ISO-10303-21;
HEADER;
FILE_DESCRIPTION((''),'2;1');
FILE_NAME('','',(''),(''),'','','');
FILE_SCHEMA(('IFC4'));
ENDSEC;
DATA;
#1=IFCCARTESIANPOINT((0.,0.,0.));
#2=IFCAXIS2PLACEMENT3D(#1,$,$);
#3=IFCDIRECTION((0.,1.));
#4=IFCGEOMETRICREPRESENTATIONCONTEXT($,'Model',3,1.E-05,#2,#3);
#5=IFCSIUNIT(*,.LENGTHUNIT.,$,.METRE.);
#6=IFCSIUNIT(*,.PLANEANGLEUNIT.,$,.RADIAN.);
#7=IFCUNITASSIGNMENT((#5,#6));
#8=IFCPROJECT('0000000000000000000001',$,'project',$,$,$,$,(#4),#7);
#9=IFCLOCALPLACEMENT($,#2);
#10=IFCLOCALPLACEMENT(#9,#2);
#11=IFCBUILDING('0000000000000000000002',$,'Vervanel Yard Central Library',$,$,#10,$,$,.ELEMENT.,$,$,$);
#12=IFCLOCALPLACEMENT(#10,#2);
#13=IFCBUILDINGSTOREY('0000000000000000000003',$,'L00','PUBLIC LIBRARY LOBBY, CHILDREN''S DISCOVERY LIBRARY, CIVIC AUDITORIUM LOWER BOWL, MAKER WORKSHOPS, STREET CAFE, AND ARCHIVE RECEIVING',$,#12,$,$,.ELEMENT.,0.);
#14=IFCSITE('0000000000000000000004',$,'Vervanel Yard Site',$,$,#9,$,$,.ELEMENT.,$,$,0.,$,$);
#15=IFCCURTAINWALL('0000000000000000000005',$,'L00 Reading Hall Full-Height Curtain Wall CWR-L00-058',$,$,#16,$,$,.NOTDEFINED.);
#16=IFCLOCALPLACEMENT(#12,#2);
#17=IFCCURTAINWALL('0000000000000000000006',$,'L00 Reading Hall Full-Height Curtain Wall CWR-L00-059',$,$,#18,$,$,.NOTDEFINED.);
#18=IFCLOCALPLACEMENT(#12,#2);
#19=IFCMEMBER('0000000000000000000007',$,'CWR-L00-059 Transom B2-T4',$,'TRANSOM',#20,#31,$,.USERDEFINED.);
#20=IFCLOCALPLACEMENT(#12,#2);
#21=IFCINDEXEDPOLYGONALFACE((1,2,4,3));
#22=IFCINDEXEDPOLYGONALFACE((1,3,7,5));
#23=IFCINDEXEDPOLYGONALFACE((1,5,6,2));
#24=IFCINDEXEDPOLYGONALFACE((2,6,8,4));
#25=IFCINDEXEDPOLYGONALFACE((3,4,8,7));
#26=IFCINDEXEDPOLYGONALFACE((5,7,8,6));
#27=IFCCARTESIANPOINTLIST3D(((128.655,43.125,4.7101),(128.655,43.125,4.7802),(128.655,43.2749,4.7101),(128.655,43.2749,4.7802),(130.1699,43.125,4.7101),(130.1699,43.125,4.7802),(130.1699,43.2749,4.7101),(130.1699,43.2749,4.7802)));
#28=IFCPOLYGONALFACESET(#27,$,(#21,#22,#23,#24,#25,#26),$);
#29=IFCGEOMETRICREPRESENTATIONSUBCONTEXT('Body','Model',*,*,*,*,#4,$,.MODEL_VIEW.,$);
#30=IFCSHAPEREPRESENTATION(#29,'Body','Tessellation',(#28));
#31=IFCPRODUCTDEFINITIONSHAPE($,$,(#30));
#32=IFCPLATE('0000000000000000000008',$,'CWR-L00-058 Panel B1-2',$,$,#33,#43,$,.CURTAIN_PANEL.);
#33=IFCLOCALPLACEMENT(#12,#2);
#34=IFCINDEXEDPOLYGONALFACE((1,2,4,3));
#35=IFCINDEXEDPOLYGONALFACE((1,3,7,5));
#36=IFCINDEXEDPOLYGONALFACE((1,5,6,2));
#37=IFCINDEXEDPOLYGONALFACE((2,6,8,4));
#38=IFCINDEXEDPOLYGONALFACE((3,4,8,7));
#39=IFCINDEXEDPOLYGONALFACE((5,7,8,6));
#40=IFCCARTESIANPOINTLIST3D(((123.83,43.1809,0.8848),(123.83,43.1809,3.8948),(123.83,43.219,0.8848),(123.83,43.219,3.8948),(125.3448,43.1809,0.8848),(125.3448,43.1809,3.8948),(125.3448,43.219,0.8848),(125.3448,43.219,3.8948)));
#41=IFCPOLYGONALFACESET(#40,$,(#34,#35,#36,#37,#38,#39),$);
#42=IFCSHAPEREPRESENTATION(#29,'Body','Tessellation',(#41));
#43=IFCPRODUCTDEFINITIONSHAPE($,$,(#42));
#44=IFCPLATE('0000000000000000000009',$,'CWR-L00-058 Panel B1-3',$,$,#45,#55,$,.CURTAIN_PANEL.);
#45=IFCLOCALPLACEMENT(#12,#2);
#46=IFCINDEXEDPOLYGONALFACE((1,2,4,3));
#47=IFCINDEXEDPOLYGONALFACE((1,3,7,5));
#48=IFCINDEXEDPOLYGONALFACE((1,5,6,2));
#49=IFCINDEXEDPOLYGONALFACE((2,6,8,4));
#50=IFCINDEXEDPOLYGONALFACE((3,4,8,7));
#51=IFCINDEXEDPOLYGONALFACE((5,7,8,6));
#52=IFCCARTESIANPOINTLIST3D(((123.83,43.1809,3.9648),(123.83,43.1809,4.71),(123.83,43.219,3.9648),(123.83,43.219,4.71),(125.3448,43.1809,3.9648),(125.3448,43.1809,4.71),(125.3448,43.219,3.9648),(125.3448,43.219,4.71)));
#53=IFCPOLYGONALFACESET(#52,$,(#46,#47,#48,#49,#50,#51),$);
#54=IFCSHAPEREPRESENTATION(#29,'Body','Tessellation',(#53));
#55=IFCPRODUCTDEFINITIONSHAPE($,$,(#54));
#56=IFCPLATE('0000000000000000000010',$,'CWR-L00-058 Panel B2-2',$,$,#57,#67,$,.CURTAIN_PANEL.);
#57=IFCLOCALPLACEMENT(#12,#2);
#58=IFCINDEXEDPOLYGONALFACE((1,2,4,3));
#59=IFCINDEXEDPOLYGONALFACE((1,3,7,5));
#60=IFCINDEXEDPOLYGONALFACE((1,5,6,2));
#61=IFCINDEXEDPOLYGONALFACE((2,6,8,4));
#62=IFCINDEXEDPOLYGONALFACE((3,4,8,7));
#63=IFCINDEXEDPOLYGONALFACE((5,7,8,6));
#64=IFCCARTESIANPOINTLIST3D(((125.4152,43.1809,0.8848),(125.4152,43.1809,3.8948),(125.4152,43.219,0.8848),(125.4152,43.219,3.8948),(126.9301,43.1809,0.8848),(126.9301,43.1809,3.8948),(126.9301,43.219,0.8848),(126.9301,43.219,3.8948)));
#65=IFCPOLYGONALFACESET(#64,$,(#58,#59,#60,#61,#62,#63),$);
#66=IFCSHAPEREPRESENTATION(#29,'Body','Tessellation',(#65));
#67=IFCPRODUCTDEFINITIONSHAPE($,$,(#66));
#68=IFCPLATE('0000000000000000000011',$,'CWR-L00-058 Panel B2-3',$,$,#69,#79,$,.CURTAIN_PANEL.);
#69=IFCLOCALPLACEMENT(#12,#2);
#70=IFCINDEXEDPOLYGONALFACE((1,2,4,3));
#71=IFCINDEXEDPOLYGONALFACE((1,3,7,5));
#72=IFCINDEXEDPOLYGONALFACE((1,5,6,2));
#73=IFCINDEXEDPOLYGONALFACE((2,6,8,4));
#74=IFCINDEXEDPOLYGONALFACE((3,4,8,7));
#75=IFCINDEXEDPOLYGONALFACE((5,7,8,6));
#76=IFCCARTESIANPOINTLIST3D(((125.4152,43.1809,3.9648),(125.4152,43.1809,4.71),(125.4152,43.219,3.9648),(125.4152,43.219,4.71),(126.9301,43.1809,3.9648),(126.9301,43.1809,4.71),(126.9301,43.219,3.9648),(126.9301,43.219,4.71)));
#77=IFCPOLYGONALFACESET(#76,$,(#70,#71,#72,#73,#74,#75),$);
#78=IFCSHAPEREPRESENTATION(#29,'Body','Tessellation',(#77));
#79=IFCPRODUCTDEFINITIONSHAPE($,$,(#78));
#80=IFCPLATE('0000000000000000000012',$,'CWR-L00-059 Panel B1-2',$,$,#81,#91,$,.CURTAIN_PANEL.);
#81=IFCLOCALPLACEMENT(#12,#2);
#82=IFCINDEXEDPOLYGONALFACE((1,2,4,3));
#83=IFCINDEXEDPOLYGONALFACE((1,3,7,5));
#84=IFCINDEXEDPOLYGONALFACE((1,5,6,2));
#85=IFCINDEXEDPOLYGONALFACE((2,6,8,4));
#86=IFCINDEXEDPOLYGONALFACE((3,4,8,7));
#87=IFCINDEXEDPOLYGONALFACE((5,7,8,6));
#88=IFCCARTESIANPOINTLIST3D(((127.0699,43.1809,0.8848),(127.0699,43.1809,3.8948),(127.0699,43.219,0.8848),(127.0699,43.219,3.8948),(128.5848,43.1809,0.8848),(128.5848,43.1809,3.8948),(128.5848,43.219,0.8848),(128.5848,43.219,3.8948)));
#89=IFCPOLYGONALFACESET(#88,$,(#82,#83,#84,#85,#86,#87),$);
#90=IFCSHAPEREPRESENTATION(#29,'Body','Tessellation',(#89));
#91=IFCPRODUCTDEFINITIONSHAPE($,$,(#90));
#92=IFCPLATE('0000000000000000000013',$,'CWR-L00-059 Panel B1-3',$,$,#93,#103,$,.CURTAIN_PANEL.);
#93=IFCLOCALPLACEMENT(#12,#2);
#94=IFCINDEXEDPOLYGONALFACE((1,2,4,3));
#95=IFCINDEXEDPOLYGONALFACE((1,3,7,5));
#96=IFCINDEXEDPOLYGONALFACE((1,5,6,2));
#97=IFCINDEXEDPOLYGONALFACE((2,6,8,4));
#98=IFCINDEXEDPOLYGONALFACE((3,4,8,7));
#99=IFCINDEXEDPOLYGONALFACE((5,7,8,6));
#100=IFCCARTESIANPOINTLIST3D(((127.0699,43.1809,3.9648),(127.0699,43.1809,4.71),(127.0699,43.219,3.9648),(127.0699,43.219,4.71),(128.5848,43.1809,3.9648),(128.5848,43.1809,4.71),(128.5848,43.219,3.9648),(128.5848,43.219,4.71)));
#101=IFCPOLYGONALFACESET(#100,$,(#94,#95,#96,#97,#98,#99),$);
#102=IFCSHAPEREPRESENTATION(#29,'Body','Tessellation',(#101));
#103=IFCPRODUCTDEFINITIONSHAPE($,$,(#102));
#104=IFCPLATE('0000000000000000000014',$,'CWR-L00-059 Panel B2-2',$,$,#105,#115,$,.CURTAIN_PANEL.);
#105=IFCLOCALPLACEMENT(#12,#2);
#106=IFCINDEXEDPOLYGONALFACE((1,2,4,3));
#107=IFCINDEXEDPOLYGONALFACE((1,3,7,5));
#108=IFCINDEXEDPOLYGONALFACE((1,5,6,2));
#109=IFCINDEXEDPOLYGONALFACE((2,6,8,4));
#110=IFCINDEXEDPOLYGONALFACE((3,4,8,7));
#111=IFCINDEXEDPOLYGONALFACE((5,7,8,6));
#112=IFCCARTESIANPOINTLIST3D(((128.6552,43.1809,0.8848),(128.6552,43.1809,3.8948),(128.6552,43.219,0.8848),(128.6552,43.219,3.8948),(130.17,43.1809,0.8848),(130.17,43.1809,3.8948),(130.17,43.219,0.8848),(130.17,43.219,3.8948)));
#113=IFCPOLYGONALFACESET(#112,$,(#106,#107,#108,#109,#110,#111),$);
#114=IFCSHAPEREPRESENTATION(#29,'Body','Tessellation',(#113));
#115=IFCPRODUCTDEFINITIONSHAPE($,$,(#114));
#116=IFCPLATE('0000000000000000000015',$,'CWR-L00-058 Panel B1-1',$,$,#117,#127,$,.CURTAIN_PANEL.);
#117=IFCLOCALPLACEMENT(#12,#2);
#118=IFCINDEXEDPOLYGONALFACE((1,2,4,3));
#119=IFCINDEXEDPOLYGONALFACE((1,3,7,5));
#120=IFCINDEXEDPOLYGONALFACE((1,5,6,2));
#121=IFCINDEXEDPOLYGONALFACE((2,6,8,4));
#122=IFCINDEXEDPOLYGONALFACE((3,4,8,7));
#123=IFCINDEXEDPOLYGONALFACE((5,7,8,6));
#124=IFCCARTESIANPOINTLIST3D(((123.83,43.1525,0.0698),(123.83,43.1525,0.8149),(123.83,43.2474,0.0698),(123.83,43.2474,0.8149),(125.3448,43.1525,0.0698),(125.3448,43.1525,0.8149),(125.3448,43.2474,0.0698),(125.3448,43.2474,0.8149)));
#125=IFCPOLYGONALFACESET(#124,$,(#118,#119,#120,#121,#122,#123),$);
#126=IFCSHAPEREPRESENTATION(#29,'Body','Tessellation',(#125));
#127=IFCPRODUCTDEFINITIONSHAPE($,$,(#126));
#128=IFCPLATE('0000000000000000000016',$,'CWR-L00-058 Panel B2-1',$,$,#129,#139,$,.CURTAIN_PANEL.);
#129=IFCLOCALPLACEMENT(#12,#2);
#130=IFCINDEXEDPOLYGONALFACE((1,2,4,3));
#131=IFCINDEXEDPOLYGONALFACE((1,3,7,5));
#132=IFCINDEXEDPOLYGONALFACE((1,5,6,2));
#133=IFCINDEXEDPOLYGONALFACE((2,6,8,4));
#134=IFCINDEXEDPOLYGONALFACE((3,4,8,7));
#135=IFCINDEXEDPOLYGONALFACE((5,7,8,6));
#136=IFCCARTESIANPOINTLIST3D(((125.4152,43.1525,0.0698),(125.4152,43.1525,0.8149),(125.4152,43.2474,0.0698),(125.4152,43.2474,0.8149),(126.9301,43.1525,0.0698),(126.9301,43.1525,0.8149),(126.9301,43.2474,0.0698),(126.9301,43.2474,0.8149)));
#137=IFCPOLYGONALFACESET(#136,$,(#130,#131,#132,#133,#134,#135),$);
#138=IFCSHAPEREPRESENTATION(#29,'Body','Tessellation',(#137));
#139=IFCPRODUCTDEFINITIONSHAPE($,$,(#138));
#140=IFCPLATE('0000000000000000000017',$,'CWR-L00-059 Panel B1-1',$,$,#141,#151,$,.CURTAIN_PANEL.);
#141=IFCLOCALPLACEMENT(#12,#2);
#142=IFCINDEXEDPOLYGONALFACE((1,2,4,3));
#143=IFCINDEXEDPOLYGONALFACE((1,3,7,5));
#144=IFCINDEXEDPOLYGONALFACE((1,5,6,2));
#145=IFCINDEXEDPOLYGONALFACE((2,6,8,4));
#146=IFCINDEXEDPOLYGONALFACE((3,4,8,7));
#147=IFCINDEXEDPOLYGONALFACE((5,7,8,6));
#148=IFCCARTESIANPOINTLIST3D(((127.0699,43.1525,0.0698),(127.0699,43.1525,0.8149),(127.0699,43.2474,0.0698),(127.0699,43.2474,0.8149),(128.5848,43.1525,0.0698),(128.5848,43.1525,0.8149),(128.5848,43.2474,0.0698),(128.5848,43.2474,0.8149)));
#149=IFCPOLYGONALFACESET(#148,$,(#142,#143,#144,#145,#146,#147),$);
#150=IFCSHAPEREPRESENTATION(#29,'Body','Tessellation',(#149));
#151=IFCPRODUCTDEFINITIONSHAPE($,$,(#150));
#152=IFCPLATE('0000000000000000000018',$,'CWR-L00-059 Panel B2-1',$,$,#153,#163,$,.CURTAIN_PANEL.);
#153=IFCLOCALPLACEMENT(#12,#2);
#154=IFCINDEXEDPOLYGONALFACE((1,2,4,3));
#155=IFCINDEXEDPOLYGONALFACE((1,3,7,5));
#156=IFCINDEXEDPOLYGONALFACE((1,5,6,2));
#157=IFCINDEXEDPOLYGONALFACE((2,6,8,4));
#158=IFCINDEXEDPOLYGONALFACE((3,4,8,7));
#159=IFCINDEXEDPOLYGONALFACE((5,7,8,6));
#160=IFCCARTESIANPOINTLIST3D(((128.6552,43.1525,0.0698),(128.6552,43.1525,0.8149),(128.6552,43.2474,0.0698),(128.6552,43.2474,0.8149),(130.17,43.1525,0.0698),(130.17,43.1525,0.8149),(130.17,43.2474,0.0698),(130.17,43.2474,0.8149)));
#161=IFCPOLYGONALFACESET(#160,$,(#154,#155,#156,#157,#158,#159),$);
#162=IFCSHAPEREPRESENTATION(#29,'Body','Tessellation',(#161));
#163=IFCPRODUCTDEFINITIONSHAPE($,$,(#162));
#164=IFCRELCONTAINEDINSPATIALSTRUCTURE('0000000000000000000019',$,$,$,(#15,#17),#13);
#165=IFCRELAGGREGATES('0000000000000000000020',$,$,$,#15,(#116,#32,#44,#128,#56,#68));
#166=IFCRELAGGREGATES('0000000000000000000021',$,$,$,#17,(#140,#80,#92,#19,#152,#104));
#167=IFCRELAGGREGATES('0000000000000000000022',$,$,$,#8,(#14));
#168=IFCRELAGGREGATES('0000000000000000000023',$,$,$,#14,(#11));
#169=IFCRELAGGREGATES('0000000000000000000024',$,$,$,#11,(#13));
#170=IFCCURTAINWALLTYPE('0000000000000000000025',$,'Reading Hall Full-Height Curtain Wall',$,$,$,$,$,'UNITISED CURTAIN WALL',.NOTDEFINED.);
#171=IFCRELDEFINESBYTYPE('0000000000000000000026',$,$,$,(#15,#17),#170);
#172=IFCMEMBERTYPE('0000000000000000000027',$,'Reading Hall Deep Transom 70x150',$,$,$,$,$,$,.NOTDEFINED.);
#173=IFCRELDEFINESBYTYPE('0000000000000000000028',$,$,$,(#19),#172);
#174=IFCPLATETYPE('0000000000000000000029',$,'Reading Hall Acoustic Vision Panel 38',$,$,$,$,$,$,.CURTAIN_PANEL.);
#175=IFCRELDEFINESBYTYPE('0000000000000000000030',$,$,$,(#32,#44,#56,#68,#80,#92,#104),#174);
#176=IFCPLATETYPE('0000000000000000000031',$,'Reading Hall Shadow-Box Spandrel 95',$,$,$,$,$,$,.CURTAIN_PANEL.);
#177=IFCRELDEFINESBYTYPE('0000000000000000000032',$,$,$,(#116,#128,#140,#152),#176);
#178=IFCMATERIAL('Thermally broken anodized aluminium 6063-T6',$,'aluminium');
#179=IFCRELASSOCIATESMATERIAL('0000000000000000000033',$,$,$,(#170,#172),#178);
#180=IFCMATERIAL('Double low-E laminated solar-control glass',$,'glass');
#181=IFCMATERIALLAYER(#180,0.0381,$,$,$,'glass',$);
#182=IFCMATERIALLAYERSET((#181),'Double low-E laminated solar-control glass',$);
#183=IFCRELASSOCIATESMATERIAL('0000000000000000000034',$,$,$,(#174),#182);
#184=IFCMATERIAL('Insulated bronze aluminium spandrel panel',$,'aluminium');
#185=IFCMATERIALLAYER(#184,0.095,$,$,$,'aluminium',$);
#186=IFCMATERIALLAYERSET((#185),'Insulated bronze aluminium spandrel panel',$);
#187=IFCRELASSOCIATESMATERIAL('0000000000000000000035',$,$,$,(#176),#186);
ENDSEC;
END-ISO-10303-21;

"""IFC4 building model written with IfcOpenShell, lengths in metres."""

from ifc_helpers import new_model, si_unit, direction, frame, origin, origin_2d, place, context, subcontext, project, spatial, rectangle, extrude, material, layer, layer_set, material_profile, profile_set, type_object, element, aggregate, save


model = new_model("IFC4")

# Units and contexts
model_context = context("Model", 3, precision=1e-05, world=origin(), true_north=direction((0.0, 1.0)))
body_context = subcontext(model_context, "Body", "Model", "MODEL_VIEW")
ifc_project = project(units=[si_unit("LENGTHUNIT", "METRE"), si_unit("PLANEANGLEUNIT", "RADIAN")], contexts=[model_context])

# Site, building, storey
site_placement = place(None, origin())
site = spatial("IfcSite", under=ifc_project, at=site_placement, Name="Vervanel Yard Site", CompositionType="ELEMENT", RefElevation=0.0)
building_placement = place(site_placement, origin())
building = spatial("IfcBuilding", under=site, at=building_placement, Name="Vervanel Yard Central Library", CompositionType="ELEMENT")
storey_placement = place(building_placement, origin())
storey = spatial("IfcBuildingStorey", under=building, at=storey_placement, Name="L00", Description="PUBLIC LIBRARY LOBBY, CHILDREN'S DISCOVERY LIBRARY, CIVIC AUDITORIUM LOWER BOWL, MAKER WORKSHOPS, STREET CAFE, AND ARCHIVE RECEIVING", CompositionType="ELEMENT", Elevation=0.0)

# Curtain walls
ifc_material_1 = material(Name="Thermally broken anodized aluminium 6063-T6", Category="aluminium")
curtain_wall_type = type_object("IfcCurtainWallType", Name="Reading Hall Full-Height Curtain Wall", ElementType="UNITISED CURTAIN WALL", PredefinedType="NOTDEFINED", material=ifc_material_1)
curtain_wall_1_placement = place(storey_placement, origin())
curtain_wall_1 = element("IfcCurtainWall", 1, at=curtain_wall_1_placement, inside=storey, type_object=curtain_wall_type, Name="L00 Reading Hall Full-Height Curtain Wall CWR-L00-058", PredefinedType="NOTDEFINED")
curtain_wall_2_placement = place(storey_placement, origin())
curtain_wall_2 = element("IfcCurtainWall", 2, at=curtain_wall_2_placement, inside=storey, type_object=curtain_wall_type, Name="L00 Reading Hall Full-Height Curtain Wall CWR-L00-059", PredefinedType="NOTDEFINED")

# Member
ifc_material_profile_1 = material_profile(ifc_material_1, rectangle(XDim=0.0701, YDim=0.1499, at=origin_2d()), Name="ALU 70x150", Category="aluminium")
ifc_profile_set_1 = profile_set([ifc_material_profile_1], Name="Thermally broken anodized aluminium 6063-T6")
member_type_1 = type_object("IfcMemberType", Name="Reading Hall Deep Transom 70x150", PredefinedType="NOTDEFINED", material=ifc_profile_set_1)
member_1_placement = place(storey_placement, frame((128.655, 43.2, 4.7451), z_axis=(1.0, 0.0, 0.0), x_axis=(0.0, 0.0, 1.0)))
member_1 = element("IfcMember", 3, at=member_1_placement, type_object=member_type_1, Name="CWR-L00-059 Transom B2-T4", ObjectType="TRANSOM", PredefinedType="USERDEFINED", context=body_context, shape_type="SweptSolid", body=[
    extrude(rectangle(XDim=0.0701, YDim=0.1499, at=origin_2d()), origin(), (0.0, 0.0, 1.0), 1.5149),
])

# Plates
ifc_material_2 = material(Name="Double low-E laminated solar-control glass", Category="glass")
ifc_layer_1 = layer(ifc_material_2, 0.0381, Category="glass")
ifc_layer_set_1 = layer_set([ifc_layer_1], Name="Double low-E laminated solar-control glass")
plate_type_1 = type_object("IfcPlateType", Name="Reading Hall Acoustic Vision Panel 38", PredefinedType="CURTAIN_PANEL", material=ifc_layer_set_1)
plate_1_placement = place(storey_placement, frame((124.5874, 43.2, 0.8848), z_axis=(0.0, 0.0, 1.0), x_axis=(1.0, 0.0, 0.0)))
plate_1 = element("IfcPlate", 4, at=plate_1_placement, type_object=plate_type_1, Name="CWR-L00-058 Panel B1-2", PredefinedType="CURTAIN_PANEL", context=body_context, shape_type="SweptSolid", body=[
    extrude(rectangle(XDim=1.5149, YDim=0.0381, at=origin_2d()), origin(), (0.0, 0.0, 1.0), 3.01),
])
plate_2_placement = place(storey_placement, frame((124.5874, 43.2, 3.9648), z_axis=(0.0, 0.0, 1.0), x_axis=(1.0, 0.0, 0.0)))
plate_2 = element("IfcPlate", 5, at=plate_2_placement, type_object=plate_type_1, Name="CWR-L00-058 Panel B1-3", PredefinedType="CURTAIN_PANEL", context=body_context, shape_type="SweptSolid", body=[
    extrude(rectangle(XDim=1.5149, YDim=0.0381, at=origin_2d()), origin(), (0.0, 0.0, 1.0), 0.7451),
])
plate_3_placement = place(storey_placement, frame((126.1726, 43.2, 0.8848), z_axis=(0.0, 0.0, 1.0), x_axis=(1.0, 0.0, 0.0)))
plate_3 = element("IfcPlate", 6, at=plate_3_placement, type_object=plate_type_1, Name="CWR-L00-058 Panel B2-2", PredefinedType="CURTAIN_PANEL", context=body_context, shape_type="SweptSolid", body=[
    extrude(rectangle(XDim=1.5149, YDim=0.0381, at=origin_2d()), origin(), (0.0, 0.0, 1.0), 3.01),
])
plate_4_placement = place(storey_placement, frame((126.1726, 43.2, 3.9648), z_axis=(0.0, 0.0, 1.0), x_axis=(1.0, 0.0, 0.0)))
plate_4 = element("IfcPlate", 7, at=plate_4_placement, type_object=plate_type_1, Name="CWR-L00-058 Panel B2-3", PredefinedType="CURTAIN_PANEL", context=body_context, shape_type="SweptSolid", body=[
    extrude(rectangle(XDim=1.5149, YDim=0.0381, at=origin_2d()), origin(), (0.0, 0.0, 1.0), 0.7451),
])
plate_5_placement = place(storey_placement, frame((127.8274, 43.2, 0.8848), z_axis=(0.0, 0.0, 1.0), x_axis=(1.0, 0.0, 0.0)))
plate_5 = element("IfcPlate", 8, at=plate_5_placement, type_object=plate_type_1, Name="CWR-L00-059 Panel B1-2", PredefinedType="CURTAIN_PANEL", context=body_context, shape_type="SweptSolid", body=[
    extrude(rectangle(XDim=1.5149, YDim=0.0381, at=origin_2d()), origin(), (0.0, 0.0, 1.0), 3.01),
])
plate_6_placement = place(storey_placement, frame((127.8274, 43.2, 3.9648), z_axis=(0.0, 0.0, 1.0), x_axis=(1.0, 0.0, 0.0)))
plate_6 = element("IfcPlate", 9, at=plate_6_placement, type_object=plate_type_1, Name="CWR-L00-059 Panel B1-3", PredefinedType="CURTAIN_PANEL", context=body_context, shape_type="SweptSolid", body=[
    extrude(rectangle(XDim=1.5149, YDim=0.0381, at=origin_2d()), origin(), (0.0, 0.0, 1.0), 0.7451),
])
plate_7_placement = place(storey_placement, frame((129.4126, 43.2, 0.8848), z_axis=(0.0, 0.0, 1.0), x_axis=(1.0, 0.0, 0.0)))
plate_7 = element("IfcPlate", 10, at=plate_7_placement, type_object=plate_type_1, Name="CWR-L00-059 Panel B2-2", PredefinedType="CURTAIN_PANEL", context=body_context, shape_type="SweptSolid", body=[
    extrude(rectangle(XDim=1.5149, YDim=0.0381, at=origin_2d()), origin(), (0.0, 0.0, 1.0), 3.01),
])
ifc_material_3 = material(Name="Insulated bronze aluminium spandrel panel", Category="aluminium")
ifc_layer_2 = layer(ifc_material_3, 0.095, Category="aluminium")
ifc_layer_set_2 = layer_set([ifc_layer_2], Name="Insulated bronze aluminium spandrel panel")
plate_type_2 = type_object("IfcPlateType", Name="Reading Hall Shadow-Box Spandrel 95", PredefinedType="CURTAIN_PANEL", material=ifc_layer_set_2)
plate_8_placement = place(storey_placement, frame((124.5874, 43.2, 0.0698), z_axis=(0.0, 0.0, 1.0), x_axis=(1.0, 0.0, 0.0)))
plate_8 = element("IfcPlate", 11, at=plate_8_placement, type_object=plate_type_2, Name="CWR-L00-058 Panel B1-1", PredefinedType="CURTAIN_PANEL", context=body_context, shape_type="SweptSolid", body=[
    extrude(rectangle(XDim=1.5149, YDim=0.095, at=origin_2d()), origin(), (0.0, 0.0, 1.0), 0.7451),
])
plate_9_placement = place(storey_placement, frame((126.1726, 43.2, 0.0698), z_axis=(0.0, 0.0, 1.0), x_axis=(1.0, 0.0, 0.0)))
plate_9 = element("IfcPlate", 12, at=plate_9_placement, type_object=plate_type_2, Name="CWR-L00-058 Panel B2-1", PredefinedType="CURTAIN_PANEL", context=body_context, shape_type="SweptSolid", body=[
    extrude(rectangle(XDim=1.5149, YDim=0.095, at=origin_2d()), origin(), (0.0, 0.0, 1.0), 0.7451),
])
aggregate(curtain_wall_1, [plate_8, plate_1, plate_2, plate_9, plate_3, plate_4])
plate_10_placement = place(storey_placement, frame((127.8274, 43.2, 0.0698), z_axis=(0.0, 0.0, 1.0), x_axis=(1.0, 0.0, 0.0)))
plate_10 = element("IfcPlate", 13, at=plate_10_placement, type_object=plate_type_2, Name="CWR-L00-059 Panel B1-1", PredefinedType="CURTAIN_PANEL", context=body_context, shape_type="SweptSolid", body=[
    extrude(rectangle(XDim=1.5149, YDim=0.095, at=origin_2d()), origin(), (0.0, 0.0, 1.0), 0.7451),
])
plate_11_placement = place(storey_placement, frame((129.4126, 43.2, 0.0698), z_axis=(0.0, 0.0, 1.0), x_axis=(1.0, 0.0, 0.0)))
plate_11 = element("IfcPlate", 14, at=plate_11_placement, type_object=plate_type_2, Name="CWR-L00-059 Panel B2-1", PredefinedType="CURTAIN_PANEL", context=body_context, shape_type="SweptSolid", body=[
    extrude(rectangle(XDim=1.5149, YDim=0.095, at=origin_2d()), origin(), (0.0, 0.0, 1.0), 0.7451),
])
aggregate(curtain_wall_2, [plate_10, plate_5, plate_6, member_1, plate_11, plate_7])

save(model, "model.ifc")
